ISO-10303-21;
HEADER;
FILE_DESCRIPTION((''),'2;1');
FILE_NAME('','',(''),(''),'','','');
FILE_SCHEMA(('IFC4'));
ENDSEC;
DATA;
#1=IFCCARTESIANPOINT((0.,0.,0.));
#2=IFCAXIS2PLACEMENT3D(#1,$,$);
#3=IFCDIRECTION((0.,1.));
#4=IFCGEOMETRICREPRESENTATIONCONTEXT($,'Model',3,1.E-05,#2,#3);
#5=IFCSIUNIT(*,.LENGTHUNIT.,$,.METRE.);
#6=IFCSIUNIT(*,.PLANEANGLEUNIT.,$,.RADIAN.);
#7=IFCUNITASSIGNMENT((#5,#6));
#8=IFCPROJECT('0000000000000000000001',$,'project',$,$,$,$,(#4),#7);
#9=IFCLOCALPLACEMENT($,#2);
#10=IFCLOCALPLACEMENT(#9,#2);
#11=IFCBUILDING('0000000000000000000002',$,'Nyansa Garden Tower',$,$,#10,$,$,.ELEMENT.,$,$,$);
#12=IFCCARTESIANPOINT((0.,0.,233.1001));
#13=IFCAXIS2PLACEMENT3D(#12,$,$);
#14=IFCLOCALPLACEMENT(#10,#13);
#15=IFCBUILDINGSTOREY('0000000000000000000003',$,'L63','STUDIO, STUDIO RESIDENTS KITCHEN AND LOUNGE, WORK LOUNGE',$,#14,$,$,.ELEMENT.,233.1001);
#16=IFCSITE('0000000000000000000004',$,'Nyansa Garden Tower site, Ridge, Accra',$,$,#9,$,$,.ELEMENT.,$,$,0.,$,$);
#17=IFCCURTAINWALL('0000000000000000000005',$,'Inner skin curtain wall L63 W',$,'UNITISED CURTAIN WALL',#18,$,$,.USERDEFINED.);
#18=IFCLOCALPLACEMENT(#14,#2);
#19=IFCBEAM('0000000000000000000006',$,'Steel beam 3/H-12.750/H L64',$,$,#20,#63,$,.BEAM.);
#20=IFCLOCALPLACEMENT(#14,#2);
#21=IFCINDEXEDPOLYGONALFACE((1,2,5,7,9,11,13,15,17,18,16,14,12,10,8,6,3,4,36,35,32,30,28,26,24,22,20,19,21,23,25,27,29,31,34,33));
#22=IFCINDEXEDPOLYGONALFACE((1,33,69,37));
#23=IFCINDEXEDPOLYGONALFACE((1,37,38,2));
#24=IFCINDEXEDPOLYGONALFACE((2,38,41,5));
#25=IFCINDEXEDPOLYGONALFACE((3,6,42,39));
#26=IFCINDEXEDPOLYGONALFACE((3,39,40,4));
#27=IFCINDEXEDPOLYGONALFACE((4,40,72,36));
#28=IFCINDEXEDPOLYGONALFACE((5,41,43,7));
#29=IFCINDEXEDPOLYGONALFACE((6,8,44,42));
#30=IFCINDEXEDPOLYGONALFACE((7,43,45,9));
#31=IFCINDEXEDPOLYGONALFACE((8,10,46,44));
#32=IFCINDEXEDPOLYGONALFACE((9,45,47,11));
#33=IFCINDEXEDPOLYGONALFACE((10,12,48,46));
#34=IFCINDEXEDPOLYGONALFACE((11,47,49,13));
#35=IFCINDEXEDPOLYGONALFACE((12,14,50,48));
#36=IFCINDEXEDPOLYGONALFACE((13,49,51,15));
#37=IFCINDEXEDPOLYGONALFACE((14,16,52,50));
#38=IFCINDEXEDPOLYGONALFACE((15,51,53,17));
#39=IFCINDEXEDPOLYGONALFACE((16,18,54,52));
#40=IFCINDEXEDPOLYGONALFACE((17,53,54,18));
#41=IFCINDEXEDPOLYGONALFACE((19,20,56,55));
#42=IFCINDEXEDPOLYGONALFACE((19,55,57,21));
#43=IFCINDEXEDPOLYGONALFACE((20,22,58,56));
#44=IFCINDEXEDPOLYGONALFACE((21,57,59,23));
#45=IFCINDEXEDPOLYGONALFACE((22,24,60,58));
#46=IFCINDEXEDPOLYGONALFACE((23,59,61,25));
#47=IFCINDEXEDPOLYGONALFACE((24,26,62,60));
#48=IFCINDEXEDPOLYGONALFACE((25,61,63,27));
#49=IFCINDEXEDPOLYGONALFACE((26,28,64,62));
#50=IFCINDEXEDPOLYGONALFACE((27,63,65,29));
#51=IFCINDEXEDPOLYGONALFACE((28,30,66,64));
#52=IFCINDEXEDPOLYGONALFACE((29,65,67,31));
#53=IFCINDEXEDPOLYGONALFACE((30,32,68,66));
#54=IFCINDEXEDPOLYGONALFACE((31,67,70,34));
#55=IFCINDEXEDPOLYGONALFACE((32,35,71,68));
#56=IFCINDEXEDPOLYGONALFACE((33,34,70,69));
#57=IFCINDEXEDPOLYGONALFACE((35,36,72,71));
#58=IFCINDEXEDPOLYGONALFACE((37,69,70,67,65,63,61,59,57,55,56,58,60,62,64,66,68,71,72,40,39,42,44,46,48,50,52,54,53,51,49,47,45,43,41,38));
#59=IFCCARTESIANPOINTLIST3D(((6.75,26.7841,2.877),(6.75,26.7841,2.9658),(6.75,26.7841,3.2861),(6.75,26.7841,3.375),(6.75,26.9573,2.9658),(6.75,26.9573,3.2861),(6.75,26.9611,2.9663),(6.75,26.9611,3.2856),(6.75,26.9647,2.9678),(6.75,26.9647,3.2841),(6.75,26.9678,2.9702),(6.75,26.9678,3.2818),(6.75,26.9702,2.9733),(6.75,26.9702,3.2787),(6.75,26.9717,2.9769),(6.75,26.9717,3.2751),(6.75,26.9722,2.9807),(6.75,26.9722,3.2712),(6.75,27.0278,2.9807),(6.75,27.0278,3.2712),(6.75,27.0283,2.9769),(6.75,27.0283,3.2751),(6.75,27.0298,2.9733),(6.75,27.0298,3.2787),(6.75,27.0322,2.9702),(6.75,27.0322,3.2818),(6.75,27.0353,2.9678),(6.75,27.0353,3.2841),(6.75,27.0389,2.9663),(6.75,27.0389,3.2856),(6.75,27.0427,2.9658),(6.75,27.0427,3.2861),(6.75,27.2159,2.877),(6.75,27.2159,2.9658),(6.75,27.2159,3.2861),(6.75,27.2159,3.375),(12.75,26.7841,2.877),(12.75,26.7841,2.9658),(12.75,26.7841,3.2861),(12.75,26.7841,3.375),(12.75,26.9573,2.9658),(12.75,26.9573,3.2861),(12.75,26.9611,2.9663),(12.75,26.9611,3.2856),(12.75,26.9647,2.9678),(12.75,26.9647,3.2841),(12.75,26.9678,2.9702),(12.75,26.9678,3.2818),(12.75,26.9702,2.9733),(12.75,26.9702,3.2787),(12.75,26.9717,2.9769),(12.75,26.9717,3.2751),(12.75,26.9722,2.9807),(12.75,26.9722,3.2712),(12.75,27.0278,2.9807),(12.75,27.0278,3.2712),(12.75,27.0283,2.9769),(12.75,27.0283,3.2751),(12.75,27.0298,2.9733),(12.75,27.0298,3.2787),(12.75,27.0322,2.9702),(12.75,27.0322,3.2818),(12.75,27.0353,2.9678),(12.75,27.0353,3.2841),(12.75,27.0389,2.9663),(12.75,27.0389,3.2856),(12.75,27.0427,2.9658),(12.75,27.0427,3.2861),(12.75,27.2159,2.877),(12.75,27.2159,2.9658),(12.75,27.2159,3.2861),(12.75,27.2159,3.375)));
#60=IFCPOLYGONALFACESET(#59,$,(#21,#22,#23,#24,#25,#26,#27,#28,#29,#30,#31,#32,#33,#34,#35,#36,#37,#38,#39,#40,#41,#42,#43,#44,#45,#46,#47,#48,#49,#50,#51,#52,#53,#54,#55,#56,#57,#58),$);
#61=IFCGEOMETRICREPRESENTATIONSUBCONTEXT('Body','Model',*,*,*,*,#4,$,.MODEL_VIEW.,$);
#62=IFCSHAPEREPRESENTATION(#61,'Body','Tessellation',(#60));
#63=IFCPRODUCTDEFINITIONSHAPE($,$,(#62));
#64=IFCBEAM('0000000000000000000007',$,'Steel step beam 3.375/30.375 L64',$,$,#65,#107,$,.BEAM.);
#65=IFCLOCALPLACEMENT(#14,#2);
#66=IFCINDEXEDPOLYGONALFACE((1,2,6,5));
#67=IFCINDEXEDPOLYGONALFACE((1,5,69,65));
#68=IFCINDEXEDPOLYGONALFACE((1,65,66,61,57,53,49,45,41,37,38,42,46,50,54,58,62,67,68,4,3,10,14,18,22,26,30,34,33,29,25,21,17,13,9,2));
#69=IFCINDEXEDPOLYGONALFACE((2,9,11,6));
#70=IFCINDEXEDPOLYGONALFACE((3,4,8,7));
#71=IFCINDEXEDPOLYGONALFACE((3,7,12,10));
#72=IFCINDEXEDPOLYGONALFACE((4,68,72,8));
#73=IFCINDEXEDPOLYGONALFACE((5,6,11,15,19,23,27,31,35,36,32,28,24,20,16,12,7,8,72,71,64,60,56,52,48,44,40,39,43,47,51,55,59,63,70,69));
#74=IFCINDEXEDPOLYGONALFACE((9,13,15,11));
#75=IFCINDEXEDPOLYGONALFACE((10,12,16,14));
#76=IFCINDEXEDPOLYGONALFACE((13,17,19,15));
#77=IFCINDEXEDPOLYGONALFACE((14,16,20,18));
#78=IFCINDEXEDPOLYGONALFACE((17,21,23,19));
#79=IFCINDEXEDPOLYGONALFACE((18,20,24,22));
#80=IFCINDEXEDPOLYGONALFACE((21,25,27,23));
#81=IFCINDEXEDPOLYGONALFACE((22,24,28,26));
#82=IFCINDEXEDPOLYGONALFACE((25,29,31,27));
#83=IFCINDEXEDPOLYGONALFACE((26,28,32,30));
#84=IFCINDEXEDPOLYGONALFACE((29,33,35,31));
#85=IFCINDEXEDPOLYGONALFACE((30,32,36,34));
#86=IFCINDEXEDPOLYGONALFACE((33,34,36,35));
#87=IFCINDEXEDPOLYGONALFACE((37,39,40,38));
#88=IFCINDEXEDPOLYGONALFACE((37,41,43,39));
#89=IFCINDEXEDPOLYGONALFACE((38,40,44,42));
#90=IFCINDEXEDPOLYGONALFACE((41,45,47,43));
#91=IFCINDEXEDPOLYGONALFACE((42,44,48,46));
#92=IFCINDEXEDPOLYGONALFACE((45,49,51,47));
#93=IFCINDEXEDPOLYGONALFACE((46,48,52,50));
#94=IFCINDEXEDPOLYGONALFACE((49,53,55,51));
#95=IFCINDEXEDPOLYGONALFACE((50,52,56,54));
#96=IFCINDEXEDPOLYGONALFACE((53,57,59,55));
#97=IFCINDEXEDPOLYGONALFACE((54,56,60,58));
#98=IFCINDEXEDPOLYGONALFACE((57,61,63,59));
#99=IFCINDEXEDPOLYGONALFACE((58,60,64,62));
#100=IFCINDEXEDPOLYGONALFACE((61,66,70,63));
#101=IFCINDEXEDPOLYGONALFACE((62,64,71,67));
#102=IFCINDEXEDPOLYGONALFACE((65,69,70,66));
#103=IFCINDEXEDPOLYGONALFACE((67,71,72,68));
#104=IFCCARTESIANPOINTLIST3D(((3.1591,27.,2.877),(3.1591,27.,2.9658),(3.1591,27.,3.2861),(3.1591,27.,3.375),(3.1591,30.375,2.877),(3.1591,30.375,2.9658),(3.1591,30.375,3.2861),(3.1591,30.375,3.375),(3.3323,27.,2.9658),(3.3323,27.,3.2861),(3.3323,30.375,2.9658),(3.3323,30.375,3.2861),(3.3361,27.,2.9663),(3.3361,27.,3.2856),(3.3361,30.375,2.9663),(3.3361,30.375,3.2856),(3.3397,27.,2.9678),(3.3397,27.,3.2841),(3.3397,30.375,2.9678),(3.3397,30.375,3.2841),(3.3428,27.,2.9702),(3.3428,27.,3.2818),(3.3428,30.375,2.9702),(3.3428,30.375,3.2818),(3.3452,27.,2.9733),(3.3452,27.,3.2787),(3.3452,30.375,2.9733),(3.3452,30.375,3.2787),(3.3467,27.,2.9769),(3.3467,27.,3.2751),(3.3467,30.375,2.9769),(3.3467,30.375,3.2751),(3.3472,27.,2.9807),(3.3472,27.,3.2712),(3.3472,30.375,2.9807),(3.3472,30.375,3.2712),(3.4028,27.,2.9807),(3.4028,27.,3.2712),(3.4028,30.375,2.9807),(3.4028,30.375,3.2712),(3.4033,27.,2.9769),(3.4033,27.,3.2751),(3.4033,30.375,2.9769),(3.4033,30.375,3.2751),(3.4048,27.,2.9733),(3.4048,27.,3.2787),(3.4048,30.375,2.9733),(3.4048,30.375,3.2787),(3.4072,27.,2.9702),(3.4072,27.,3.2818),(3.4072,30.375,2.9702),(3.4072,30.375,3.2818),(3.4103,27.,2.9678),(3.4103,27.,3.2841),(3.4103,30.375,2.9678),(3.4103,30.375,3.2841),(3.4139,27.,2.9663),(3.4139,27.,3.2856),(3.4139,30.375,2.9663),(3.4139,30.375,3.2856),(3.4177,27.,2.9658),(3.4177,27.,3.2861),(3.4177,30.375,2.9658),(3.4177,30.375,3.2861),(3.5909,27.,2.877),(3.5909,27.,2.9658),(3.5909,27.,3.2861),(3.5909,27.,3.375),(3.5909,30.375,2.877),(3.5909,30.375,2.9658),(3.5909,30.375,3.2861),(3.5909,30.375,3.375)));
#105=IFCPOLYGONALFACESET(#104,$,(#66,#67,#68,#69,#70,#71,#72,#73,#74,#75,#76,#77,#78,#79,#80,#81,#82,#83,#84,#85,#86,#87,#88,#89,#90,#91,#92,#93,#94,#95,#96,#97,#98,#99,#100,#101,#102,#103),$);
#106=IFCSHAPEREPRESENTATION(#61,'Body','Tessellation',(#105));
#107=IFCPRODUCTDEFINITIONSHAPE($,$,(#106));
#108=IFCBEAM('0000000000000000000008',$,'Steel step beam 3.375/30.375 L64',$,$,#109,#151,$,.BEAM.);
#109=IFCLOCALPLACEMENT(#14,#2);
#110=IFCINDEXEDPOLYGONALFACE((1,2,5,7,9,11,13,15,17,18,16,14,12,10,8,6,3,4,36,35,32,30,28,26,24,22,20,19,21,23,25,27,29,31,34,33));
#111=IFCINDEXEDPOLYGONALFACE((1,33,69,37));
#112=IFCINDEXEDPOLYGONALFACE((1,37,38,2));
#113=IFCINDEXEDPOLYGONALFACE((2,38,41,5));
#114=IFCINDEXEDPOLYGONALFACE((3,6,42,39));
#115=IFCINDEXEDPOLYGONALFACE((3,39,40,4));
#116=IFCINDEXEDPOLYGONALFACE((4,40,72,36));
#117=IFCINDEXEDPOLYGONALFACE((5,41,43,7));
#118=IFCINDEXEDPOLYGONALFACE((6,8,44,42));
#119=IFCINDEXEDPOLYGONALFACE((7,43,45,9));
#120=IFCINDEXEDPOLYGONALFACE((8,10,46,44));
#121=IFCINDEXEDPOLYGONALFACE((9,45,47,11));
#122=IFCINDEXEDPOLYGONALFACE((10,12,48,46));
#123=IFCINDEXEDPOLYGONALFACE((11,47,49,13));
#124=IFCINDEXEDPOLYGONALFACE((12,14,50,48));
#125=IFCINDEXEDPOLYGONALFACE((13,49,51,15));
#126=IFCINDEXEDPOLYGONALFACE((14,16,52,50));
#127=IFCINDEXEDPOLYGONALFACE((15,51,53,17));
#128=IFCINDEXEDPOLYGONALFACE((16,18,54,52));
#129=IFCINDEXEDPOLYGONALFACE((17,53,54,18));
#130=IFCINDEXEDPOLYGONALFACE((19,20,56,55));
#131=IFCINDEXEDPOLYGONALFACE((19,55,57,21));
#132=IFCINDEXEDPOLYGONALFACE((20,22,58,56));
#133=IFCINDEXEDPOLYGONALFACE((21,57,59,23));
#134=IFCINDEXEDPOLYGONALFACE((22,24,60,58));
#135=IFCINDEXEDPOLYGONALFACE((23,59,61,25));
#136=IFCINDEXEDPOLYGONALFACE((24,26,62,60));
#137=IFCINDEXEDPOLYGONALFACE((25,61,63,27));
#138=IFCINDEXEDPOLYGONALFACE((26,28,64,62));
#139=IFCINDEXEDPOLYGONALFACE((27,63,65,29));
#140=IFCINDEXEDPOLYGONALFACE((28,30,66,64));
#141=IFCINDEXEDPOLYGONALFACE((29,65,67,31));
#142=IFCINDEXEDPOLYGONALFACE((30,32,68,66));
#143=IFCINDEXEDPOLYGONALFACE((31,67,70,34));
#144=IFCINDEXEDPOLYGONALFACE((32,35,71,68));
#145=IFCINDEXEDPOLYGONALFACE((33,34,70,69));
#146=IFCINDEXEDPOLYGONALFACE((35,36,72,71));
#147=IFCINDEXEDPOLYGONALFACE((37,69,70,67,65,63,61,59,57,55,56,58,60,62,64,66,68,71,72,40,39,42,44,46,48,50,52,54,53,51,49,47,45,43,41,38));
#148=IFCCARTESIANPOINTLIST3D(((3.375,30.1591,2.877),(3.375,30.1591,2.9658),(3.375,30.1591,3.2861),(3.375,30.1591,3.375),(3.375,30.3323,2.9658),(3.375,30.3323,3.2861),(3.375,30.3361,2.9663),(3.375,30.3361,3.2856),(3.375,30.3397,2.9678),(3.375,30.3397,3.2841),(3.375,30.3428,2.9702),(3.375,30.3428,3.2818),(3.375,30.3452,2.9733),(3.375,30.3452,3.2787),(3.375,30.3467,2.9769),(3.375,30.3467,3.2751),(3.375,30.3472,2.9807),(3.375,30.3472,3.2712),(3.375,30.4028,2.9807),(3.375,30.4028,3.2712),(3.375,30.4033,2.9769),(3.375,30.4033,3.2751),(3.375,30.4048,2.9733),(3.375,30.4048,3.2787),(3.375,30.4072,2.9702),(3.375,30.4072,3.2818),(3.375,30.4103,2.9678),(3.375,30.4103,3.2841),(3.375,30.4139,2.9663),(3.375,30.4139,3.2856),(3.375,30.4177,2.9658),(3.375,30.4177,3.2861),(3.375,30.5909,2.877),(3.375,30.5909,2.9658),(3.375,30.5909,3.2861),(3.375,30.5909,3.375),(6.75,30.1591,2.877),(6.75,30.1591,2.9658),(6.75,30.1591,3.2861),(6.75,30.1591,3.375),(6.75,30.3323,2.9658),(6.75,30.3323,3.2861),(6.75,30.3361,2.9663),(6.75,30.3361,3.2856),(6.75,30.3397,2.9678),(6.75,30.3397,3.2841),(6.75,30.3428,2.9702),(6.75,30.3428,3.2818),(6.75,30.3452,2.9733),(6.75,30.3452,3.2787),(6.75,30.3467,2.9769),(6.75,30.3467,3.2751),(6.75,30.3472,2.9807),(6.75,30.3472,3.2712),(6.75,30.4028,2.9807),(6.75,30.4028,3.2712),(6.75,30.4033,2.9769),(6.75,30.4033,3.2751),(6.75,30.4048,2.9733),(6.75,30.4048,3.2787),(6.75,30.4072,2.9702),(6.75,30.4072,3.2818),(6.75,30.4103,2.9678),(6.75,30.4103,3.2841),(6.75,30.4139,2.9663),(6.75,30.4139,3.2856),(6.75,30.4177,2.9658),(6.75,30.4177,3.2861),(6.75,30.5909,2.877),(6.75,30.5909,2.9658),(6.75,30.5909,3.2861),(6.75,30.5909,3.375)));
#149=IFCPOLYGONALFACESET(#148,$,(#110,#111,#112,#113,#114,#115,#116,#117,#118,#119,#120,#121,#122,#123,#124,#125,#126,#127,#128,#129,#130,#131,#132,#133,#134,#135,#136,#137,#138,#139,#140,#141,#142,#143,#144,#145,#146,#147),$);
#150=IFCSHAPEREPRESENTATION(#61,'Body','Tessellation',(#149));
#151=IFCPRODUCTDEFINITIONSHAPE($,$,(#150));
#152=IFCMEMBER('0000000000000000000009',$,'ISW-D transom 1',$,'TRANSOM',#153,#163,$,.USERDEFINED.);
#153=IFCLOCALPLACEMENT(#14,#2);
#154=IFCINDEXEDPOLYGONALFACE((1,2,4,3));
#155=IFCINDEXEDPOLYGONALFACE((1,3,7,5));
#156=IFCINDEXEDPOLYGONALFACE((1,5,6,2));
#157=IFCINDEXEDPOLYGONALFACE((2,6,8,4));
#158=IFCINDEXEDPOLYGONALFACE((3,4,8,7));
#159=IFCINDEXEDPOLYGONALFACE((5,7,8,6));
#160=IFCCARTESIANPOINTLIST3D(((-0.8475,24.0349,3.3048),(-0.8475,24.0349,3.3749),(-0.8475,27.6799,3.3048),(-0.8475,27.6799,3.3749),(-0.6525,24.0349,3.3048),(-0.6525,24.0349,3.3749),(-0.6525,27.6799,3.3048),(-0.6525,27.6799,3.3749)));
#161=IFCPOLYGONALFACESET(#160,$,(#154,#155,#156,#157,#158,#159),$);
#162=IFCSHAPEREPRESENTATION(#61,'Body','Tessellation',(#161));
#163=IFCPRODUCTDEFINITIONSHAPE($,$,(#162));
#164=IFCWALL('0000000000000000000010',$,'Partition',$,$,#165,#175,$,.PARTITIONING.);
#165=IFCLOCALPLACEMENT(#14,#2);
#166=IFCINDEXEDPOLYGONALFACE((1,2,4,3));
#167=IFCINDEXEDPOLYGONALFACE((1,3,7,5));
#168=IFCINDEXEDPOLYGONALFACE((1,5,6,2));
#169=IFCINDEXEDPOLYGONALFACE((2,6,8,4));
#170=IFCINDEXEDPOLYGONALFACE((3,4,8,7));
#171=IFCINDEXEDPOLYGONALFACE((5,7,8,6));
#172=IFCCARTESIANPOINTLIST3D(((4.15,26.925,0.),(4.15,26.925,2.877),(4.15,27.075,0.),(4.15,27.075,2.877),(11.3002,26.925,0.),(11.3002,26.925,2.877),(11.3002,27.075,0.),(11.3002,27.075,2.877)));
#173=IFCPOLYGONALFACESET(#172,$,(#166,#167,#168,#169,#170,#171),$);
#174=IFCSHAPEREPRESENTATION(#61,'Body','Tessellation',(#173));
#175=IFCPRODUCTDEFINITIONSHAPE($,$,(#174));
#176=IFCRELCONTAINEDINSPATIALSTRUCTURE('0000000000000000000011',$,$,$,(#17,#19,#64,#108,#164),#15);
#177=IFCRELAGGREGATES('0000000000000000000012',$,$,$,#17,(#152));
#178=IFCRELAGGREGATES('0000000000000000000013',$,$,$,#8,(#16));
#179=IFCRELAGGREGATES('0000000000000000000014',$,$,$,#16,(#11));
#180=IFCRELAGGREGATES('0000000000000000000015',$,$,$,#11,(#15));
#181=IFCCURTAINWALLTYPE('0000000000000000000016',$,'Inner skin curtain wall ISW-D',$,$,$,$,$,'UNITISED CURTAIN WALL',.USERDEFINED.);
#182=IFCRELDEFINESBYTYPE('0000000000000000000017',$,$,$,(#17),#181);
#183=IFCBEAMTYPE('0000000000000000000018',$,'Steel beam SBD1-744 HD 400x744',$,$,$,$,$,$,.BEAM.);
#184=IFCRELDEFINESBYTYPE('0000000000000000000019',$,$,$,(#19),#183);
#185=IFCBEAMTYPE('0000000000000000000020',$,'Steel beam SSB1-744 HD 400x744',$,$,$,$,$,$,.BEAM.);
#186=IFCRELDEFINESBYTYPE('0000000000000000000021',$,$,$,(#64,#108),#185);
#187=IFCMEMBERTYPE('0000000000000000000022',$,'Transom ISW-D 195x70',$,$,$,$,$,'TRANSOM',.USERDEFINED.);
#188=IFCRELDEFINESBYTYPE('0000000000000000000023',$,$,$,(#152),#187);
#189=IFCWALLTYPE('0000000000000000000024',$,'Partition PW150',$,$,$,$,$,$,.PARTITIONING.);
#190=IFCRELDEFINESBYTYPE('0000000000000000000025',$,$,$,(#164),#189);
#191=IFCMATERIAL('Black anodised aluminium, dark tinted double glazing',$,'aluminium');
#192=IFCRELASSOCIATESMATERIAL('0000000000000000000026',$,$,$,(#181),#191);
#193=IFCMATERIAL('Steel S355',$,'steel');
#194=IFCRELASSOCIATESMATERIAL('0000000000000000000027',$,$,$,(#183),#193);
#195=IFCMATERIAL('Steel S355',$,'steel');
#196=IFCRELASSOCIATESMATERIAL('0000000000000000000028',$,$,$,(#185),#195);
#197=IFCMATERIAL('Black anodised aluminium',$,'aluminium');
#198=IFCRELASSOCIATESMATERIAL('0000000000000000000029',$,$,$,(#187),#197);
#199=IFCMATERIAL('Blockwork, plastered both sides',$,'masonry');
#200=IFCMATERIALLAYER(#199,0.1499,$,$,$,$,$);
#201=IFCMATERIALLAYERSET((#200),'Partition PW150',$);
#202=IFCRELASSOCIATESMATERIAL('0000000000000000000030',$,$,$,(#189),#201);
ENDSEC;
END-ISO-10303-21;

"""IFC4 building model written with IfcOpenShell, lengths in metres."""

from ifc_helpers import new_model, si_unit, direction, frame, frame_2d, origin, origin_2d, place, context, subcontext, project, spatial, rectangle, i_section, extrude, material, layer, layer_set, material_profile, profile_set, type_object, element, aggregate, save


model = new_model("IFC4")

# Units and contexts
model_context = context("Model", 3, precision=1e-05, world=origin(), true_north=direction((0.0, 1.0)))
body_context = subcontext(model_context, "Body", "Model", "MODEL_VIEW")
ifc_project = project(units=[si_unit("LENGTHUNIT", "METRE"), si_unit("PLANEANGLEUNIT", "RADIAN")], contexts=[model_context])

# Site, building, storey
site_placement = place(None, origin())
site = spatial("IfcSite", under=ifc_project, at=site_placement, Name="Nyansa Garden Tower site, Ridge, Accra", CompositionType="ELEMENT", RefElevation=0.0)
building_placement = place(site_placement, origin())
building = spatial("IfcBuilding", under=site, at=building_placement, Name="Nyansa Garden Tower", CompositionType="ELEMENT")
storey_placement = place(building_placement, frame((0.0, 0.0, 233.1001)))
storey = spatial("IfcBuildingStorey", under=building, at=storey_placement, Name="L63", Description="STUDIO, STUDIO RESIDENTS KITCHEN AND LOUNGE, WORK LOUNGE", CompositionType="ELEMENT", Elevation=233.1001)

# Curtain wall
ifc_material_1 = material(Name="Black anodised aluminium, dark tinted double glazing", Category="aluminium")
curtain_wall_type = type_object("IfcCurtainWallType", Name="Inner skin curtain wall ISW-D", ElementType="UNITISED CURTAIN WALL", PredefinedType="USERDEFINED", material=ifc_material_1)
curtain_wall_1_placement = place(storey_placement, origin())
curtain_wall_1 = element("IfcCurtainWall", 1, at=curtain_wall_1_placement, inside=storey, type_object=curtain_wall_type, Name="Inner skin curtain wall L63 W", ObjectType="UNITISED CURTAIN WALL", PredefinedType="USERDEFINED")

# Beams
ifc_material_2 = material(Name="Steel S355", Category="steel")
ifc_material_profile_1 = material_profile(ifc_material_2, i_section(OverallWidth=0.4319, OverallDepth=0.498, WebThickness=0.0557, FlangeThickness=0.0889, FilletRadius=0.0149, at=origin_2d()), Name="HD 400x744")
ifc_profile_set_1 = profile_set([ifc_material_profile_1], Name="Steel S355")
beam_type_1 = type_object("IfcBeamType", Name="Steel beam SBD1-744 HD 400x744", PredefinedType="BEAM", material=ifc_profile_set_1)
beam_placement = place(storey_placement, frame((6.75, 27.0, 3.126), z_axis=(1.0, 0.0, 0.0), x_axis=(0.0, 1.0, 0.0)))
element("IfcBeam", 2, at=beam_placement, inside=storey, type_object=beam_type_1, Name="Steel beam 3/H-12.750/H L64", PredefinedType="BEAM", context=body_context, shape_type="SweptSolid", body=[
    extrude(i_section(OverallWidth=0.4319, OverallDepth=0.498, WebThickness=0.0557, FlangeThickness=0.0889, FilletRadius=0.0149, at=origin_2d()), origin(), (0.0, 0.0, 1.0), 6.0),
])
ifc_material_3 = material(Name="Steel S355", Category="steel")
ifc_material_profile_2 = material_profile(ifc_material_3, i_section(OverallWidth=0.4319, OverallDepth=0.498, WebThickness=0.0557, FlangeThickness=0.0889, FilletRadius=0.0149, at=origin_2d()), Name="HD 400x744")
ifc_profile_set_2 = profile_set([ifc_material_profile_2], Name="Steel S355")
beam_type_2 = type_object("IfcBeamType", Name="Steel beam SSB1-744 HD 400x744", PredefinedType="BEAM", material=ifc_profile_set_2)
for number, where, z_axis, x_axis, name in (
    (3, (3.375, 30.375, 3.126), (0.0, -1.0, 0.0), (1.0, 0.0, 0.0), "Steel step beam 3.375/30.375 L64"),
    (4, (3.375, 30.375, 3.126), (1.0, 0.0, 0.0), (0.0, 1.0, 0.0), "Steel step beam 3.375/30.375 L64"),
):
    element("IfcBeam", number, at=place(storey_placement, frame(where, z_axis=z_axis, x_axis=x_axis)), inside=storey, type_object=beam_type_2, Name=name, PredefinedType="BEAM", context=body_context, shape_type="SweptSolid", body=[
        extrude(i_section(OverallWidth=0.4319, OverallDepth=0.498, WebThickness=0.0557, FlangeThickness=0.0889, FilletRadius=0.0149, at=origin_2d()), origin(), (0.0, 0.0, 1.0), 3.375),
    ])

# Member
ifc_material_4 = material(Name="Black anodised aluminium", Category="aluminium")
ifc_material_profile_3 = material_profile(ifc_material_4, rectangle(XDim=0.1951, YDim=0.0701, at=origin_2d()), Name="Transom 195x70")
ifc_profile_set_3 = profile_set([ifc_material_profile_3], Name="Black anodised aluminium")
member_type_1 = type_object("IfcMemberType", Name="Transom ISW-D 195x70", ElementType="TRANSOM", PredefinedType="USERDEFINED", material=ifc_profile_set_3)
member_1_placement = place(storey_placement, frame((-0.75, 27.6799, 3.3398), z_axis=(0.0, -1.0, 0.0), x_axis=(1.0, 0.0, 0.0)))
member_1 = element("IfcMember", 5, at=member_1_placement, type_object=member_type_1, Name="ISW-D transom 1", ObjectType="TRANSOM", PredefinedType="USERDEFINED", context=body_context, shape_type="SweptSolid", body=[
    extrude(rectangle(XDim=0.1951, YDim=0.0701, at=origin_2d()), origin(), (0.0, 0.0, 1.0), 3.645),
])
aggregate(curtain_wall_1, [member_1])

# Wall
ifc_material_5 = material(Name="Blockwork, plastered both sides", Category="masonry")
ifc_layer_1 = layer(ifc_material_5, 0.1499)
ifc_layer_set_1 = layer_set([ifc_layer_1], Name="Partition PW150")
wall_type_1 = type_object("IfcWallType", Name="Partition PW150", PredefinedType="PARTITIONING", material=ifc_layer_set_1)
wall_1_placement = place(storey_placement, frame((4.1499, 27.0, 0.0), z_axis=(0.0, 0.0, 1.0), x_axis=(1.0, 0.0, 0.0)))
element("IfcWall", 6, at=wall_1_placement, inside=storey, type_object=wall_type_1, Name="Partition", PredefinedType="PARTITIONING", context=body_context, shape_type="SweptSolid", body=[
    extrude(rectangle(XDim=7.1501, YDim=0.1499, at=frame_2d((3.5752, 0.0))), origin(), (0.0, 0.0, 1.0), 2.877),
])

save(model, "model.ifc")
